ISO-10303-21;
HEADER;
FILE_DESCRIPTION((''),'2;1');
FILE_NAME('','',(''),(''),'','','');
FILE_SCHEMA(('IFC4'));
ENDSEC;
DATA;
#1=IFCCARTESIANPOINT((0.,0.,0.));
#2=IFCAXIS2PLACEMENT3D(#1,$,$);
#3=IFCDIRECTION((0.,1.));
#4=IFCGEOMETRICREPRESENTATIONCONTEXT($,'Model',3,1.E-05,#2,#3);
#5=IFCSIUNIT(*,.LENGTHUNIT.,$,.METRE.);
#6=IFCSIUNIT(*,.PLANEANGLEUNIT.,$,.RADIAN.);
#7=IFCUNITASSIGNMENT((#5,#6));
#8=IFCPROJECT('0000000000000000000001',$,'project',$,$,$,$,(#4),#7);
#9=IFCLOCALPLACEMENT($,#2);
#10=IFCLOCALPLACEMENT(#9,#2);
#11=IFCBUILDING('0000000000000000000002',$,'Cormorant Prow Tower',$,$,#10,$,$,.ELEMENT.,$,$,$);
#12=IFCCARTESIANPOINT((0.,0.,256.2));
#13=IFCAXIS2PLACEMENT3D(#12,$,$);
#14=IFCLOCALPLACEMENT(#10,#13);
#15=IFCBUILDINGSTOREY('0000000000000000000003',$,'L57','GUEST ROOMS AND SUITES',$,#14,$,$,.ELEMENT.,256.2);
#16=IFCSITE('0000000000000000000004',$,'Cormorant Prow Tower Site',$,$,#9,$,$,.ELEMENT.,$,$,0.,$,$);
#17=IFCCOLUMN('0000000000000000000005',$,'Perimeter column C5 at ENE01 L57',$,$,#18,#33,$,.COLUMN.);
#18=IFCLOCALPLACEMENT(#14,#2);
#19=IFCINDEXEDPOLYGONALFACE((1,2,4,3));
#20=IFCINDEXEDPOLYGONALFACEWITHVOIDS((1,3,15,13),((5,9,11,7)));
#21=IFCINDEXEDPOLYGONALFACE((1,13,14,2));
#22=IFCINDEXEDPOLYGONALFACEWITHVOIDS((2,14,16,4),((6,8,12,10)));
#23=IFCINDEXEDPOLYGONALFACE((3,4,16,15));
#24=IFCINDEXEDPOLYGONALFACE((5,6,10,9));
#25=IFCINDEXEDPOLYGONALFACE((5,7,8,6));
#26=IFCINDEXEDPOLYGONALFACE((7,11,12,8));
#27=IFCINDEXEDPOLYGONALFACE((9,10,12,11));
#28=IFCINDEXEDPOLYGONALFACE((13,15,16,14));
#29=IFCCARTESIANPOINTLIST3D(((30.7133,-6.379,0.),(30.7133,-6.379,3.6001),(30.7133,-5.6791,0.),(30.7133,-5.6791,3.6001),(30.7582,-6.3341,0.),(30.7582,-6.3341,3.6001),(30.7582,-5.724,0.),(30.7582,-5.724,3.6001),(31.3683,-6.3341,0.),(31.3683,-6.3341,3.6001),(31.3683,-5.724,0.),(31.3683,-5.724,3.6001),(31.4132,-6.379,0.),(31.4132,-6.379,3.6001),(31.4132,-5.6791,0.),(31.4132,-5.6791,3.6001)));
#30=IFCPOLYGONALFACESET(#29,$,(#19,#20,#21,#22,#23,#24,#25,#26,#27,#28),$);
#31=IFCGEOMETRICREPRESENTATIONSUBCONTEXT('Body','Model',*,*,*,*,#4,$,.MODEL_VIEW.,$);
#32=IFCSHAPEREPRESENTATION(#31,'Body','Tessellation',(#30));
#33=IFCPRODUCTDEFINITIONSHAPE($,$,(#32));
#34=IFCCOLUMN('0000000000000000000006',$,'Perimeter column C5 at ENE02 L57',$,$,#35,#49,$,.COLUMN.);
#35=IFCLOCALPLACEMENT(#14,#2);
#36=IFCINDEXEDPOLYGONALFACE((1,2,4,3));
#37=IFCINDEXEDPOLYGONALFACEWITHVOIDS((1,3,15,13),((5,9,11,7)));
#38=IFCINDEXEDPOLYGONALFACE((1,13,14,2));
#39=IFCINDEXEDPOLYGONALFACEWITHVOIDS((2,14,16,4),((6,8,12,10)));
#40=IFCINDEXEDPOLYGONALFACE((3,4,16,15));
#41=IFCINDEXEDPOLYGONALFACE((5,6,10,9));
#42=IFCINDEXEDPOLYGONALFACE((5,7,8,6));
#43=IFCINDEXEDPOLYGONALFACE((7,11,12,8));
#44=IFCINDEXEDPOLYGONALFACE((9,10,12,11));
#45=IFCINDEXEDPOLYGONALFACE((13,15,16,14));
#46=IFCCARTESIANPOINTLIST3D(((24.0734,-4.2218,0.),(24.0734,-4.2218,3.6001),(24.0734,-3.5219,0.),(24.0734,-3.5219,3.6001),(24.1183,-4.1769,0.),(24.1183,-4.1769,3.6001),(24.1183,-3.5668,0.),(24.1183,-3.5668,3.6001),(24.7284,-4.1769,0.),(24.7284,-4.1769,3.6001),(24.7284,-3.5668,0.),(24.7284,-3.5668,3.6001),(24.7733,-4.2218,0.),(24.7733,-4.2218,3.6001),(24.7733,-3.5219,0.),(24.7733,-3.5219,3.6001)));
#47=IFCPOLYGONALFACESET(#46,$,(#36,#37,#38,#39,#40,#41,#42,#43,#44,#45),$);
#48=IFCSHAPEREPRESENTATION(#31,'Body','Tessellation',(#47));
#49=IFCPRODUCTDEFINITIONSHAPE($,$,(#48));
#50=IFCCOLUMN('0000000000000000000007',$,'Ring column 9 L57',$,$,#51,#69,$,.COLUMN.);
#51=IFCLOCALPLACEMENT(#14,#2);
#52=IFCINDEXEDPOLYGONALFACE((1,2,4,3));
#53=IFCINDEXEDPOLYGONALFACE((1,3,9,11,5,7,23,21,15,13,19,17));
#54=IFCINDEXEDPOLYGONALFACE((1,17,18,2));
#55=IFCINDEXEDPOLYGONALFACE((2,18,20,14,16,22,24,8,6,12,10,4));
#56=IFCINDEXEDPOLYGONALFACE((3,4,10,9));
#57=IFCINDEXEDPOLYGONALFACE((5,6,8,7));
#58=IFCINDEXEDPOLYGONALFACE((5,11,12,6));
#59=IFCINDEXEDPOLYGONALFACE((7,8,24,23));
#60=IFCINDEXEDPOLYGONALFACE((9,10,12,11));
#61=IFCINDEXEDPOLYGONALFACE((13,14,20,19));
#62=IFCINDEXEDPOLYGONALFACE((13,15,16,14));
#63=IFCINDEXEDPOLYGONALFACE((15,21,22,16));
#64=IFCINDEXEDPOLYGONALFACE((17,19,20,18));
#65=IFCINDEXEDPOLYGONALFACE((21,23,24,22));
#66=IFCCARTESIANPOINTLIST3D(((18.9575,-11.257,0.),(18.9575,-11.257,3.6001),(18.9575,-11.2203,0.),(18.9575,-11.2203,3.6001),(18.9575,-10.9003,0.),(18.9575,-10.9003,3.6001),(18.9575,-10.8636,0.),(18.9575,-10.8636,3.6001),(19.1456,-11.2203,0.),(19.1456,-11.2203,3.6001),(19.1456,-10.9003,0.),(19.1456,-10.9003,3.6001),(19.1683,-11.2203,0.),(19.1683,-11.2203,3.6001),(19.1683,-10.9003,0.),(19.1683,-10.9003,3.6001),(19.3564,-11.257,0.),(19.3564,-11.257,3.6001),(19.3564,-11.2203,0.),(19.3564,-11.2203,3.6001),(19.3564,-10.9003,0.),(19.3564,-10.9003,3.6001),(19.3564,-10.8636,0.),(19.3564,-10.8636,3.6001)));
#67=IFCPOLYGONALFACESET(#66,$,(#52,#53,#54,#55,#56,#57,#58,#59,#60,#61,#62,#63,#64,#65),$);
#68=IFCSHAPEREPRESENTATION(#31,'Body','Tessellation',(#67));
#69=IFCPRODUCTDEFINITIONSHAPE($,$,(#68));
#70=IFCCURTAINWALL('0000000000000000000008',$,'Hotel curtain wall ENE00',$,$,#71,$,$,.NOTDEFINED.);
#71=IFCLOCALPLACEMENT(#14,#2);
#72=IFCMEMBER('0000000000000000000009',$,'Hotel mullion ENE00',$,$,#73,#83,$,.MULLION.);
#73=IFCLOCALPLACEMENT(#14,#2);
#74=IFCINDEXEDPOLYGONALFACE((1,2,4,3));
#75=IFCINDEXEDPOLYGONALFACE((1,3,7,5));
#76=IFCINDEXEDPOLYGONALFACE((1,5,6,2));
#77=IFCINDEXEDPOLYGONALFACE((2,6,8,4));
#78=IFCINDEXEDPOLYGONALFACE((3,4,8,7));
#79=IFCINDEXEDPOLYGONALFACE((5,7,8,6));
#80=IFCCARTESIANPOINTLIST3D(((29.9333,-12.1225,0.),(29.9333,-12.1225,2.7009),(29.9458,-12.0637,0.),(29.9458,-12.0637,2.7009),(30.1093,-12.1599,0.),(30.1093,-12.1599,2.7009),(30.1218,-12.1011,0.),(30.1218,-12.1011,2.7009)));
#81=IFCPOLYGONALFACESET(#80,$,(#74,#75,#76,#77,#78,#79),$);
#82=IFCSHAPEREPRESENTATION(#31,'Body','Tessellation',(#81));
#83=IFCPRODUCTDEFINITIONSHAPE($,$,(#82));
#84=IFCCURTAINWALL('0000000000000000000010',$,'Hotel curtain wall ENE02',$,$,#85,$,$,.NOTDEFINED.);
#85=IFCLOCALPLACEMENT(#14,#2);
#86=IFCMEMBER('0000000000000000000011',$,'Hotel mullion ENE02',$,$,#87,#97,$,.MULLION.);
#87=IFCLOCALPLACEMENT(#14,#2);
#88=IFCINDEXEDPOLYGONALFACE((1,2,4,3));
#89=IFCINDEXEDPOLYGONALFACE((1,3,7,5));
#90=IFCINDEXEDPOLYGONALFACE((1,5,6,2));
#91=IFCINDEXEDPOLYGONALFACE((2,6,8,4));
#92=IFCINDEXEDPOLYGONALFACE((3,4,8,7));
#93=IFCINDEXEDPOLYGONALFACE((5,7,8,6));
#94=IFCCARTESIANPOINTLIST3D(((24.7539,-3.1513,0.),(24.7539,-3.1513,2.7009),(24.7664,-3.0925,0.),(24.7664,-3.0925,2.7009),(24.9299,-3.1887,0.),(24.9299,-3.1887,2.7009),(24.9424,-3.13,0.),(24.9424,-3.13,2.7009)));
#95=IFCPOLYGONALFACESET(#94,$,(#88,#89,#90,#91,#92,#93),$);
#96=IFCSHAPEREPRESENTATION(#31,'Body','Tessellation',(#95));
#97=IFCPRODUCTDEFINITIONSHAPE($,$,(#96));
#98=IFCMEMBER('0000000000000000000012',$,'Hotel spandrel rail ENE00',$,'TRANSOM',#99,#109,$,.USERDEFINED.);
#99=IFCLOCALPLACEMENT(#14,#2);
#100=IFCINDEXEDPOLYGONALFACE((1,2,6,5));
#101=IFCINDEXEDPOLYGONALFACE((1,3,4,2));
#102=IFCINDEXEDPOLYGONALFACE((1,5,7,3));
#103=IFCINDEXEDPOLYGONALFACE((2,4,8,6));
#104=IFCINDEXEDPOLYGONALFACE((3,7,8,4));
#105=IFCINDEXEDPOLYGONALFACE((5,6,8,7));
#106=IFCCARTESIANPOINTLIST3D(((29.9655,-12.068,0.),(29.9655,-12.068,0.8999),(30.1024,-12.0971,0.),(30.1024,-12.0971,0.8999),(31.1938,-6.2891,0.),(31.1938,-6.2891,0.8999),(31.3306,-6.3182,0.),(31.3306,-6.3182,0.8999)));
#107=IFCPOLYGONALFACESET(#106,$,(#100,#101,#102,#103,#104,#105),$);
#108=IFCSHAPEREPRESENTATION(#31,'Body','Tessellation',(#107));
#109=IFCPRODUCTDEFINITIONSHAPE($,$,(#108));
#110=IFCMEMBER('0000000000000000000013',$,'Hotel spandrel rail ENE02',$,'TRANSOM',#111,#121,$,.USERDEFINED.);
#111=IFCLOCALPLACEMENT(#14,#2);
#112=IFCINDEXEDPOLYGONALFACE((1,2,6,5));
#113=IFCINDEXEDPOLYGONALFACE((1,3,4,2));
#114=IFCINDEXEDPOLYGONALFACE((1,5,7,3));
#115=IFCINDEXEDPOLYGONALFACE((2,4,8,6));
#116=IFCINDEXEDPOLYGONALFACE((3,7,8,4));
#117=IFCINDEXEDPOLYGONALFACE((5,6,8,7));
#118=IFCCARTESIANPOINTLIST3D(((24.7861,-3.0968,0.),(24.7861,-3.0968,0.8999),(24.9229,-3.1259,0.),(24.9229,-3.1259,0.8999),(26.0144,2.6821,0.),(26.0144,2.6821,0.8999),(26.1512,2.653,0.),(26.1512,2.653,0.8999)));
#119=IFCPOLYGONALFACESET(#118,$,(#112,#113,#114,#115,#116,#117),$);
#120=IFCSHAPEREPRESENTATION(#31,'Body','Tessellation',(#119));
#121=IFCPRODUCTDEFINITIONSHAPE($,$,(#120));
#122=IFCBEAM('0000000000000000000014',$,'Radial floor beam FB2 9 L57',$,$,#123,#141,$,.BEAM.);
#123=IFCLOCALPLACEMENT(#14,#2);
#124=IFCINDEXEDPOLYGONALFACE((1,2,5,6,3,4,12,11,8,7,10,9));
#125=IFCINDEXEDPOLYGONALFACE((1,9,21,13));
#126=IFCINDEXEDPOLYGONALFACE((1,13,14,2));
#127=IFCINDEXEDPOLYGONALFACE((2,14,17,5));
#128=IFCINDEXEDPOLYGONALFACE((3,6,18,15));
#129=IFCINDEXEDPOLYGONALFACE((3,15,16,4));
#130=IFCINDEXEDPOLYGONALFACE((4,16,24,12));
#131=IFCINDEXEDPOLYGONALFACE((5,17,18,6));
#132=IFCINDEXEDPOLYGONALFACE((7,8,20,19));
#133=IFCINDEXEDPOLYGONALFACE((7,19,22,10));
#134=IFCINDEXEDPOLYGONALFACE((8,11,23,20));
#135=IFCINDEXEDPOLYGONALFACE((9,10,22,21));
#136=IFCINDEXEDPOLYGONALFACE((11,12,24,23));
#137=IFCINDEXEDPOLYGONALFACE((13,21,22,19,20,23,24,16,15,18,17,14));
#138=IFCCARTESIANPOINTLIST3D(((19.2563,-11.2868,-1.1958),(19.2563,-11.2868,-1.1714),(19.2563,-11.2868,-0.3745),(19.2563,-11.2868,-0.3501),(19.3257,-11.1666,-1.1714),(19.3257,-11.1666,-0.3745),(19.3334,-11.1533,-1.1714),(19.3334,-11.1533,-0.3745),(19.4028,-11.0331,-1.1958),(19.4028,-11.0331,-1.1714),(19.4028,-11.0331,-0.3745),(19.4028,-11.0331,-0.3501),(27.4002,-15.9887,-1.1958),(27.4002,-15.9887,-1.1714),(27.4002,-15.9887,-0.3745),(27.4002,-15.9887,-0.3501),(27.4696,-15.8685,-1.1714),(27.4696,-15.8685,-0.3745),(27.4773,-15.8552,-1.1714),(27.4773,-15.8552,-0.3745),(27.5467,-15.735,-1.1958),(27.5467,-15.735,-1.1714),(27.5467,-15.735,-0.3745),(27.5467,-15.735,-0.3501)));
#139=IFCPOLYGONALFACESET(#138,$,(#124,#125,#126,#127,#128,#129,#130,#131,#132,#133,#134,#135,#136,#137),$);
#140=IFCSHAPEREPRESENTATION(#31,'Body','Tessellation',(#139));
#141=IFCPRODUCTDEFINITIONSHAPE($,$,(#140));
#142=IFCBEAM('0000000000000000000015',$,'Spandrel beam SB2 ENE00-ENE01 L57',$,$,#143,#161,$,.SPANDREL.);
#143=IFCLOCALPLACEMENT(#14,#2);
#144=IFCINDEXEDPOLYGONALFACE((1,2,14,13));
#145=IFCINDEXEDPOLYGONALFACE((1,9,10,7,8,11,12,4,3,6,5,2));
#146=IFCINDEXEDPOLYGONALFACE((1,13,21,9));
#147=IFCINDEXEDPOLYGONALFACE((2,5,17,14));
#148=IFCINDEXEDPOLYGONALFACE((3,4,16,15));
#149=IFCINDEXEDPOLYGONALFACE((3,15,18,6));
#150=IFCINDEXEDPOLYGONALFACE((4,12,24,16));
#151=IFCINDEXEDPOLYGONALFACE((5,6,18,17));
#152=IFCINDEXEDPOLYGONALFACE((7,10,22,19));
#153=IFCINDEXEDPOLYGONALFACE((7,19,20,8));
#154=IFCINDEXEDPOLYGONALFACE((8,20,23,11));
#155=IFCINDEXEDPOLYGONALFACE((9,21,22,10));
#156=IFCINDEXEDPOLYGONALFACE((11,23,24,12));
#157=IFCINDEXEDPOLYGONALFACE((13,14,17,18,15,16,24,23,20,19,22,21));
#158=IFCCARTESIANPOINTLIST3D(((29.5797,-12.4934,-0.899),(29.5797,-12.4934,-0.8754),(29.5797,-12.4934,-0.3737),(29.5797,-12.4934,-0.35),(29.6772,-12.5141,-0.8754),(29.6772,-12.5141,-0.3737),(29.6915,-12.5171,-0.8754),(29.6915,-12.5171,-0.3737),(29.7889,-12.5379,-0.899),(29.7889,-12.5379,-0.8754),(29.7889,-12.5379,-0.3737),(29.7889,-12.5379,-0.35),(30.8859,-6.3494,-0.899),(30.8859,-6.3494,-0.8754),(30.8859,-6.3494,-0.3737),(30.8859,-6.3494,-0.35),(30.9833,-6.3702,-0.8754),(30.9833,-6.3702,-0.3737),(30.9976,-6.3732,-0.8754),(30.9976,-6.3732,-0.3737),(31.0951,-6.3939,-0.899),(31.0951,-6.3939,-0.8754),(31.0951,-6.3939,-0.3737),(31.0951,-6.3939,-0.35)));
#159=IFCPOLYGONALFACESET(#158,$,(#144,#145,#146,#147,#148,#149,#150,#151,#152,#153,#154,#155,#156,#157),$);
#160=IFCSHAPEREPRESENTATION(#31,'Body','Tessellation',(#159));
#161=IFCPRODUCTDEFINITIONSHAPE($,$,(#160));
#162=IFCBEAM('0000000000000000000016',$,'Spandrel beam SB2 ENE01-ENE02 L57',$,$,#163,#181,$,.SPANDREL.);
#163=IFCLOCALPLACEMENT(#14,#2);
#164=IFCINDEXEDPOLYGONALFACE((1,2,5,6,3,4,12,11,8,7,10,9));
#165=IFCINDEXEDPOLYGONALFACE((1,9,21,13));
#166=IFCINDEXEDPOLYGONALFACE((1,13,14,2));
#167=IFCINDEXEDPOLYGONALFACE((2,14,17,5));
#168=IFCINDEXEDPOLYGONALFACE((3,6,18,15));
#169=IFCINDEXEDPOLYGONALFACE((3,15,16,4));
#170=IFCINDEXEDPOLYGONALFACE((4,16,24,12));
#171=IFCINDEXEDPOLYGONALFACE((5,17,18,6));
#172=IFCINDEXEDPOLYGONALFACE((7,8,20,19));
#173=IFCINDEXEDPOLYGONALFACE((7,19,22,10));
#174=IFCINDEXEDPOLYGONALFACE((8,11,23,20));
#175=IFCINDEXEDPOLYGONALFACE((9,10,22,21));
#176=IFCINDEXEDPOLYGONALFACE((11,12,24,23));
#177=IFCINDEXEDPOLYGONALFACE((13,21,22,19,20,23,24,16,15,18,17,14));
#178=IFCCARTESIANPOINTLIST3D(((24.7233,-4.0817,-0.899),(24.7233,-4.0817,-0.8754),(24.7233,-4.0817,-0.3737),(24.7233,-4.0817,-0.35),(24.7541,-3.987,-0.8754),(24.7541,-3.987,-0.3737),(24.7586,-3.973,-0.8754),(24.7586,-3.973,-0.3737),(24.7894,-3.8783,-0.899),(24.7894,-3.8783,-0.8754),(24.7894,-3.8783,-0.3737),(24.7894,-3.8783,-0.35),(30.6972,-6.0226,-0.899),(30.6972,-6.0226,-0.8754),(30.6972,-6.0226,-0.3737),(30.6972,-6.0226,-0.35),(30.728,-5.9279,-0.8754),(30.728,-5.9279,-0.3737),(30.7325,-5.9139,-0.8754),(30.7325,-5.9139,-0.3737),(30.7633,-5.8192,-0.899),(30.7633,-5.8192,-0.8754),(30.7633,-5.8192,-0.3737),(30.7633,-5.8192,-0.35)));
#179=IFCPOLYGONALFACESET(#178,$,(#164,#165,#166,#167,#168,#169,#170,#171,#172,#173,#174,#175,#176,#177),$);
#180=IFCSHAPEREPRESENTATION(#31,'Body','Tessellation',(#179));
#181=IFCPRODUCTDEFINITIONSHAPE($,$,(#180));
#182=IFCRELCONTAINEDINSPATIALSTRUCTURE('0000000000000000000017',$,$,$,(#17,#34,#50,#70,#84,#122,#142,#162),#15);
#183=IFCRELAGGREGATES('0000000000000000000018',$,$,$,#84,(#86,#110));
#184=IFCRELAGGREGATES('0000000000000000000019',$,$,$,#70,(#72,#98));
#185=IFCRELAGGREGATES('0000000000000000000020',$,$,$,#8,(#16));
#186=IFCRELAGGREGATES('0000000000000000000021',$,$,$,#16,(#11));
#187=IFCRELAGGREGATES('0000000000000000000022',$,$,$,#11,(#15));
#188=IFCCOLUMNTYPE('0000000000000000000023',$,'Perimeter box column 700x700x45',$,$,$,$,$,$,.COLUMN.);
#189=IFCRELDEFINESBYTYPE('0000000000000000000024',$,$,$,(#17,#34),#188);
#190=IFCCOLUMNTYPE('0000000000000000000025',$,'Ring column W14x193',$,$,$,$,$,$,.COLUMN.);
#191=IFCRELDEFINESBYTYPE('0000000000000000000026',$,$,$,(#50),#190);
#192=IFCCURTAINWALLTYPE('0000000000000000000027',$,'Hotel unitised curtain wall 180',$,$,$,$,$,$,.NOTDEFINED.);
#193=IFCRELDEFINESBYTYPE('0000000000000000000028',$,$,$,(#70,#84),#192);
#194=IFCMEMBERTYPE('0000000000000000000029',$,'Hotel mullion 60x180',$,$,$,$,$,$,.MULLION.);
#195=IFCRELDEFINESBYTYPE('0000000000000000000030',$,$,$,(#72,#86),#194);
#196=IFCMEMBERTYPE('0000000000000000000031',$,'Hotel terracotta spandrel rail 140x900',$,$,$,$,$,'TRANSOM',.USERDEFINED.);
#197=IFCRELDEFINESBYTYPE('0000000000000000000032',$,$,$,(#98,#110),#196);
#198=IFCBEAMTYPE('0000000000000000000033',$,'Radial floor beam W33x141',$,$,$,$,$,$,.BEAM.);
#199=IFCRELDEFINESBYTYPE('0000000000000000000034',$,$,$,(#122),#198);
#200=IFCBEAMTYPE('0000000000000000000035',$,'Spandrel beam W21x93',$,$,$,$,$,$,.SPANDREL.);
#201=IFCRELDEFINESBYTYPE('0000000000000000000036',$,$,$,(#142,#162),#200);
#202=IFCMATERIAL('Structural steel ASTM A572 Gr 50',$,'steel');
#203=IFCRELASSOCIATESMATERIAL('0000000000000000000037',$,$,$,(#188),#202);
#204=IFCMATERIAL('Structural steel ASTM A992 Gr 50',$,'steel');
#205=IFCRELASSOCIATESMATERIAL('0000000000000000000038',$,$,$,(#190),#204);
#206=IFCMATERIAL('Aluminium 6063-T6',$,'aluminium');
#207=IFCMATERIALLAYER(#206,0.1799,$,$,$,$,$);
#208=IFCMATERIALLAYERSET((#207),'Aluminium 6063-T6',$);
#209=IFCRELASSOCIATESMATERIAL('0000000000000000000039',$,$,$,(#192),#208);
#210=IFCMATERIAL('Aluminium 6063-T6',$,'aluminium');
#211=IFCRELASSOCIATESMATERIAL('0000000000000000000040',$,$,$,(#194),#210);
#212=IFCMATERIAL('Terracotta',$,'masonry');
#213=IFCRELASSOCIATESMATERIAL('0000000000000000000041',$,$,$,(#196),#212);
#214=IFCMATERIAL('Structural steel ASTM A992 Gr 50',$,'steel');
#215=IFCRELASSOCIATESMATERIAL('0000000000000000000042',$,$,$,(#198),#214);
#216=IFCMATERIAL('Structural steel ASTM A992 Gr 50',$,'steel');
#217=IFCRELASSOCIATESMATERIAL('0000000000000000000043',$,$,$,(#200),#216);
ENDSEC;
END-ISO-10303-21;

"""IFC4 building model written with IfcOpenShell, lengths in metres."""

from ifc_helpers import new_model, si_unit, direction, frame, origin, origin_2d, place, context, subcontext, project, spatial, rectangle, hollow_rectangle, i_section, extrude, material, layer, layer_set, material_profile, profile_set, type_object, element, aggregate, save


model = new_model("IFC4")

# Units and contexts
model_context = context("Model", 3, precision=1e-05, world=origin(), true_north=direction((0.0, 1.0)))
body_context = subcontext(model_context, "Body", "Model", "MODEL_VIEW")
ifc_project = project(units=[si_unit("LENGTHUNIT", "METRE"), si_unit("PLANEANGLEUNIT", "RADIAN")], contexts=[model_context])

# Site, building, storey
site_placement = place(None, origin())
site = spatial("IfcSite", under=ifc_project, at=site_placement, Name="Cormorant Prow Tower Site", CompositionType="ELEMENT", RefElevation=0.0)
building_placement = place(site_placement, origin())
building = spatial("IfcBuilding", under=site, at=building_placement, Name="Cormorant Prow Tower", CompositionType="ELEMENT")
storey_placement = place(building_placement, frame((0.0, 0.0, 256.2)))
storey = spatial("IfcBuildingStorey", under=building, at=storey_placement, Name="L57", Description="GUEST ROOMS AND SUITES", CompositionType="ELEMENT", Elevation=256.2)

# Columns
ifc_material_1 = material(Name="Structural steel ASTM A572 Gr 50", Category="steel")
ifc_material_profile_1 = material_profile(ifc_material_1, hollow_rectangle(XDim=0.7, YDim=0.7, WallThickness=0.0449, at=origin_2d()), Name="Box 700x700x45")
ifc_profile_set_1 = profile_set([ifc_material_profile_1], Name="Structural steel ASTM A572 Gr 50")
column_type_1 = type_object("IfcColumnType", Name="Perimeter box column 700x700x45", PredefinedType="COLUMN", material=ifc_profile_set_1)
for number, where, z_axis, x_axis, name in (
    (1, (31.0632, -6.0291, 0.0), (0.0, 0.0, 1.0), (1.0, 0.0, 0.0), "Perimeter column C5 at ENE01 L57"),
    (2, (24.4233, -3.8718, 0.0), (0.0, 0.0, 1.0), (1.0, 0.0, 0.0), "Perimeter column C5 at ENE02 L57"),
):
    element("IfcColumn", number, at=place(storey_placement, frame(where, z_axis=z_axis, x_axis=x_axis)), inside=storey, type_object=column_type_1, Name=name, PredefinedType="COLUMN", context=body_context, shape_type="SweptSolid", body=[
        extrude(hollow_rectangle(XDim=0.7, YDim=0.7, WallThickness=0.0449, at=origin_2d()), origin(), (0.0, 0.0, 1.0), 3.6001),
    ])
ifc_material_2 = material(Name="Structural steel ASTM A992 Gr 50", Category="steel")
ifc_material_profile_2 = material_profile(ifc_material_2, i_section(OverallWidth=0.3989, OverallDepth=0.3933, WebThickness=0.0227, FlangeThickness=0.0366, at=origin_2d()), Name="W14x193")
ifc_profile_set_2 = profile_set([ifc_material_profile_2], Name="Structural steel ASTM A992 Gr 50")
column_type_2 = type_object("IfcColumnType", Name="Ring column W14x193", PredefinedType="COLUMN", material=ifc_profile_set_2)
column_placement = place(storey_placement, frame((19.157, -11.0603, 0.0), z_axis=(0.0, 0.0, 1.0), x_axis=(1.0, 0.0, 0.0)))
element("IfcColumn", 3, at=column_placement, inside=storey, type_object=column_type_2, Name="Ring column 9 L57", PredefinedType="COLUMN", context=body_context, shape_type="SweptSolid", body=[
    extrude(i_section(OverallWidth=0.3989, OverallDepth=0.3933, WebThickness=0.0227, FlangeThickness=0.0366, at=origin_2d()), origin(), (0.0, 0.0, 1.0), 3.6001),
])

# Curtain walls, members
ifc_material_3 = material(Name="Aluminium 6063-T6", Category="aluminium")
ifc_layer_1 = layer(ifc_material_3, 0.1799)
ifc_layer_set_1 = layer_set([ifc_layer_1], Name="Aluminium 6063-T6")
curtain_wall_type = type_object("IfcCurtainWallType", Name="Hotel unitised curtain wall 180", PredefinedType="NOTDEFINED", material=ifc_layer_set_1)
curtain_wall_1_placement = place(storey_placement, origin())
curtain_wall_1 = element("IfcCurtainWall", 4, at=curtain_wall_1_placement, inside=storey, type_object=curtain_wall_type, Name="Hotel curtain wall ENE00", PredefinedType="NOTDEFINED")
ifc_material_4 = material(Name="Aluminium 6063-T6", Category="aluminium")
ifc_material_profile_3 = material_profile(ifc_material_4, rectangle(XDim=0.1799, YDim=0.0601, at=origin_2d()), Name="Hotel mullion 60x180")
ifc_profile_set_3 = profile_set([ifc_material_profile_3], Name="Aluminium 6063-T6")
member_type_1 = type_object("IfcMemberType", Name="Hotel mullion 60x180", PredefinedType="MULLION", material=ifc_profile_set_3)
member_1_placement = place(storey_placement, frame((30.0276, -12.1118, 0.0), z_axis=(0.0, 0.0, 1.0), x_axis=(-0.978148, 0.207912, 0.0)))
member_1 = element("IfcMember", 5, at=member_1_placement, type_object=member_type_1, Name="Hotel mullion ENE00", PredefinedType="MULLION", context=body_context, shape_type="SweptSolid", body=[
    extrude(rectangle(XDim=0.1799, YDim=0.0601, at=origin_2d()), origin(), (0.0, 0.0, 1.0), 2.7009),
])
curtain_wall_2_placement = place(storey_placement, origin())
curtain_wall_2 = element("IfcCurtainWall", 6, at=curtain_wall_2_placement, inside=storey, type_object=curtain_wall_type, Name="Hotel curtain wall ENE02", PredefinedType="NOTDEFINED")
member_2_placement = place(storey_placement, frame((24.8481, -3.1406, 0.0), z_axis=(0.0, 0.0, 1.0), x_axis=(-0.978148, 0.207912, 0.0)))
member_2 = element("IfcMember", 7, at=member_2_placement, type_object=member_type_1, Name="Hotel mullion ENE02", PredefinedType="MULLION", context=body_context, shape_type="SweptSolid", body=[
    extrude(rectangle(XDim=0.1799, YDim=0.0601, at=origin_2d()), origin(), (0.0, 0.0, 1.0), 2.7009),
])

# Members
ifc_material_5 = material(Name="Terracotta", Category="masonry")
ifc_material_profile_4 = material_profile(ifc_material_5, rectangle(XDim=0.1399, YDim=0.8999, at=origin_2d()), Name="Hotel terracotta spandrel rail 140x900")
ifc_profile_set_4 = profile_set([ifc_material_profile_4], Name="Terracotta")
member_type_2 = type_object("IfcMemberType", Name="Hotel terracotta spandrel rail 140x900", ElementType="TRANSOM", PredefinedType="USERDEFINED", material=ifc_profile_set_4)
member_3_placement = place(storey_placement, frame((30.0339, -12.0825, 0.45), z_axis=(0.207903, 0.978149, 0.0), x_axis=(-0.978149, 0.207903, 0.0)))
member_3 = element("IfcMember", 8, at=member_3_placement, type_object=member_type_2, Name="Hotel spandrel rail ENE00", ObjectType="TRANSOM", PredefinedType="USERDEFINED", context=body_context, shape_type="SweptSolid", body=[
    extrude(rectangle(XDim=0.1399, YDim=0.8999, at=origin_2d()), origin(), (0.0, 0.0, 1.0), 5.908),
])
member_4_placement = place(storey_placement, frame((24.8545, -3.1113, 0.45), z_axis=(0.207903, 0.978149, 0.0), x_axis=(-0.978149, 0.207903, 0.0)))
member_4 = element("IfcMember", 9, at=member_4_placement, type_object=member_type_2, Name="Hotel spandrel rail ENE02", ObjectType="TRANSOM", PredefinedType="USERDEFINED", context=body_context, shape_type="SweptSolid", body=[
    extrude(rectangle(XDim=0.1399, YDim=0.8999, at=origin_2d()), origin(), (0.0, 0.0, 1.0), 5.908),
])
aggregate(curtain_wall_2, [member_2, member_4])

# Beams
ifc_material_6 = material(Name="Structural steel ASTM A992 Gr 50", Category="steel")
ifc_material_profile_5 = material_profile(ifc_material_6, i_section(OverallWidth=0.293, OverallDepth=0.8457, WebThickness=0.0154, FlangeThickness=0.0244, at=origin_2d()), Name="W33x141")
ifc_profile_set_5 = profile_set([ifc_material_profile_5], Name="Structural steel ASTM A992 Gr 50")
beam_type_1 = type_object("IfcBeamType", Name="Radial floor beam W33x141", PredefinedType="BEAM", material=ifc_profile_set_5)
beam_placement = place(storey_placement, frame((19.3296, -11.1599, -0.7729), z_axis=(0.866022, -0.500006, 0.0), x_axis=(0.500006, 0.866022, 0.0)))
element("IfcBeam", 10, at=beam_placement, inside=storey, type_object=beam_type_1, Name="Radial floor beam FB2 9 L57", PredefinedType="BEAM", context=body_context, shape_type="SweptSolid", body=[
    extrude(i_section(OverallWidth=0.293, OverallDepth=0.8457, WebThickness=0.0154, FlangeThickness=0.0244, at=origin_2d()), origin(), (0.0, 0.0, 1.0), 9.4038),
])
ifc_material_7 = material(Name="Structural steel ASTM A992 Gr 50", Category="steel")
ifc_material_profile_6 = material_profile(ifc_material_7, i_section(OverallWidth=0.2139, OverallDepth=0.5491, WebThickness=0.0146, FlangeThickness=0.0237, at=origin_2d()), Name="W21x93")
ifc_profile_set_6 = profile_set([ifc_material_profile_6], Name="Structural steel ASTM A992 Gr 50")
beam_type_2 = type_object("IfcBeamType", Name="Spandrel beam W21x93", PredefinedType="SPANDREL", material=ifc_profile_set_6)
for number, where, z_axis, x_axis, name in (
    (11, (29.6843, -12.5156, -0.6245), (0.207941, 0.978141, 0.0), (-0.978141, 0.207941, 0.0), "Spandrel beam SB2 ENE00-ENE01 L57"),
    (12, (30.7302, -5.9209, -0.6245), (-0.951062, 0.309001, 0.0), (-0.309001, -0.951062, 0.0), "Spandrel beam SB2 ENE01-ENE02 L57"),
):
    element("IfcBeam", number, at=place(storey_placement, frame(where, z_axis=z_axis, x_axis=x_axis)), inside=storey, type_object=beam_type_2, Name=name, PredefinedType="SPANDREL", context=body_context, shape_type="SweptSolid", body=[
        extrude(i_section(OverallWidth=0.2139, OverallDepth=0.5491, WebThickness=0.0146, FlangeThickness=0.0237, at=origin_2d()), origin(), (0.0, 0.0, 1.0), 6.2812),
    ])

aggregate(curtain_wall_1, [member_1, member_3])

save(model, "model.ifc")
